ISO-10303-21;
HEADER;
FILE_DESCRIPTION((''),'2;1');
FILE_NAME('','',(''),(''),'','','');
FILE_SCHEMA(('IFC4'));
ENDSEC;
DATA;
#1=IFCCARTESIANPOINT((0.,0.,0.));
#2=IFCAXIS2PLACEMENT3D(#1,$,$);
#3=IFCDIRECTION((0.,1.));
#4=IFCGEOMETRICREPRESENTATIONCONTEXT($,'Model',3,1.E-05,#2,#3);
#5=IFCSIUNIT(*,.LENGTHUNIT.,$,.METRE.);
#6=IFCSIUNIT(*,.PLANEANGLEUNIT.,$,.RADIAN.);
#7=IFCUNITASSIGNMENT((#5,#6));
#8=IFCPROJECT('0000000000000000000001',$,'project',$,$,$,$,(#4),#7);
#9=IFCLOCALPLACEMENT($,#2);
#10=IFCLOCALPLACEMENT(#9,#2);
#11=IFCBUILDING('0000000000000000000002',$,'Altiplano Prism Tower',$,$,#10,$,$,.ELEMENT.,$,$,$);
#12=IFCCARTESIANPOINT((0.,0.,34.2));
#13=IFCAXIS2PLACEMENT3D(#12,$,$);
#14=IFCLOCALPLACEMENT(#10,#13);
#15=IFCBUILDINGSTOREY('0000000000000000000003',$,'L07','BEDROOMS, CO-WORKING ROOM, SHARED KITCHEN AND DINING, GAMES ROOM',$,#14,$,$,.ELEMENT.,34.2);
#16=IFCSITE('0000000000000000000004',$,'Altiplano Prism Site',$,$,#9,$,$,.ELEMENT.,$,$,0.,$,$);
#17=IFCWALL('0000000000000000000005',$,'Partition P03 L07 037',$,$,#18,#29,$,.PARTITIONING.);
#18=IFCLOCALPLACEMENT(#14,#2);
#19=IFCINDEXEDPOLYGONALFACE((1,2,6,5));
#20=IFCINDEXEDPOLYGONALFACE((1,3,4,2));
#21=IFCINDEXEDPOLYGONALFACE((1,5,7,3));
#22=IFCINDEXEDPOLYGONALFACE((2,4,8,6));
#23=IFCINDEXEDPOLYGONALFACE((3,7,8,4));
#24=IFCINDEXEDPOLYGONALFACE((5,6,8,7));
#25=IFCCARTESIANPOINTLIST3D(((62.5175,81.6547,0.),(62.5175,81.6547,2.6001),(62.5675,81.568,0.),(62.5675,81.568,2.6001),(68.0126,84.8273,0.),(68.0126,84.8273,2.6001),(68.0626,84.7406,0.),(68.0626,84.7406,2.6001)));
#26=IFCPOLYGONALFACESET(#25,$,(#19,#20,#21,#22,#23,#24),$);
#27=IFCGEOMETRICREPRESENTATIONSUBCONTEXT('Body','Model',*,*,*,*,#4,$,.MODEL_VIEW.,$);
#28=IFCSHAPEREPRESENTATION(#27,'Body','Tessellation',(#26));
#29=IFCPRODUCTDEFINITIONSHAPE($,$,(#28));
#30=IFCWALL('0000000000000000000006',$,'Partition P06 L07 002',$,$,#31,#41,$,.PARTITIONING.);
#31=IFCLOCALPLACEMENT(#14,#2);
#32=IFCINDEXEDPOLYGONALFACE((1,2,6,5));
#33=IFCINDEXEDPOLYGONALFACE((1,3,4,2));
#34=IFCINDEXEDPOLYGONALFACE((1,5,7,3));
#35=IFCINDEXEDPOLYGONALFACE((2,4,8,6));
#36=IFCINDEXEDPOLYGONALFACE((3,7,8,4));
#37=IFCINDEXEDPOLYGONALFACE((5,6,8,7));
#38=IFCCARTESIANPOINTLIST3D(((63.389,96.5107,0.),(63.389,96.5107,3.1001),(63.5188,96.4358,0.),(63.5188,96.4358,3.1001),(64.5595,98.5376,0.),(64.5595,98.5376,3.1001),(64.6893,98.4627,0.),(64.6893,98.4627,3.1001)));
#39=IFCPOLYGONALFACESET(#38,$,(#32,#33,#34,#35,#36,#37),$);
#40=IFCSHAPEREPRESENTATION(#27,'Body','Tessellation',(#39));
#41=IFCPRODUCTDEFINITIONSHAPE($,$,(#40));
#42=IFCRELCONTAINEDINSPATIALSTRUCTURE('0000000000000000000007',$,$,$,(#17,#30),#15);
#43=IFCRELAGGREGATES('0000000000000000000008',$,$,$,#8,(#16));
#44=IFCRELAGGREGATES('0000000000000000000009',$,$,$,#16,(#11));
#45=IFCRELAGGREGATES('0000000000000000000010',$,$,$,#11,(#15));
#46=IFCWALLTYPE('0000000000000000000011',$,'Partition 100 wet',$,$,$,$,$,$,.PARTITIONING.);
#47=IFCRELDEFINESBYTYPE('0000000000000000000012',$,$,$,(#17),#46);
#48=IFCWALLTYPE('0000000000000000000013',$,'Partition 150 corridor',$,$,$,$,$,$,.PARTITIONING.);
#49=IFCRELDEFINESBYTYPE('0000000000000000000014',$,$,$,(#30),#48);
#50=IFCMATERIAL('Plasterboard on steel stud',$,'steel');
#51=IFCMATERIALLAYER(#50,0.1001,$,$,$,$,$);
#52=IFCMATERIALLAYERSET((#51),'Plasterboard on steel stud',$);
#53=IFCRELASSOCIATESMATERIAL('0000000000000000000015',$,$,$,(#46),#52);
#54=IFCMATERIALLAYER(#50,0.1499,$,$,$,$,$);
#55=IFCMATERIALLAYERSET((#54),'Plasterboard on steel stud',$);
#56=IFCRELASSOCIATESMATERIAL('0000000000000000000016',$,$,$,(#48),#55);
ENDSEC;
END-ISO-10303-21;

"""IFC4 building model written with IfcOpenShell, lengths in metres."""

from ifc_helpers import new_model, si_unit, direction, frame, frame_2d, origin, place, context, subcontext, project, spatial, rectangle, extrude, material, layer, layer_set, type_object, element, save


model = new_model("IFC4")

# Units and contexts
model_context = context("Model", 3, precision=1e-05, world=origin(), true_north=direction((0.0, 1.0)))
body_context = subcontext(model_context, "Body", "Model", "MODEL_VIEW")
ifc_project = project(units=[si_unit("LENGTHUNIT", "METRE"), si_unit("PLANEANGLEUNIT", "RADIAN")], contexts=[model_context])

# Site, building, storey
site_placement = place(None, origin())
site = spatial("IfcSite", under=ifc_project, at=site_placement, Name="Altiplano Prism Site", CompositionType="ELEMENT", RefElevation=0.0)
building_placement = place(site_placement, origin())
building = spatial("IfcBuilding", under=site, at=building_placement, Name="Altiplano Prism Tower", CompositionType="ELEMENT")
storey_placement = place(building_placement, frame((0.0, 0.0, 34.2)))
storey = spatial("IfcBuildingStorey", under=building, at=storey_placement, Name="L07", Description="BEDROOMS, CO-WORKING ROOM, SHARED KITCHEN AND DINING, GAMES ROOM", CompositionType="ELEMENT", Elevation=34.2)

# Walls
ifc_material_1 = material(Name="Plasterboard on steel stud", Category="steel")
ifc_layer_1 = layer(ifc_material_1, 0.1001)
ifc_layer_set_1 = layer_set([ifc_layer_1], Name="Plasterboard on steel stud")
wall_type_1 = type_object("IfcWallType", Name="Partition 100 wet", PredefinedType="PARTITIONING", material=ifc_layer_set_1)
for number, where, z_axis, x_axis, name in (
    (1, (62.5425, 81.6113, 0.0), (0.0, 0.0, 1.0), (0.866025, 0.5, 0.0), "Partition P03 L07 037"),
):
    element("IfcWall", number, at=place(storey_placement, frame(where, z_axis=z_axis, x_axis=x_axis)), inside=storey, type_object=wall_type_1, Name=name, PredefinedType="PARTITIONING", context=body_context, shape_type="SweptSolid", body=[
        extrude(rectangle(XDim=6.3452, YDim=0.1001, at=frame_2d((3.1726, 0.0))), origin(), (0.0, 0.0, 1.0), 2.6001),
    ])
ifc_layer_2 = layer(ifc_material_1, 0.1499)
ifc_layer_set_2 = layer_set([ifc_layer_2], Name="Plasterboard on steel stud")
wall_type_2 = type_object("IfcWallType", Name="Partition 150 corridor", PredefinedType="PARTITIONING", material=ifc_layer_set_2)
wall_1_placement = place(storey_placement, frame((63.4539, 96.4731, 0.0), z_axis=(0.0, 0.0, 1.0), x_axis=(0.500066, 0.865988, 0.0)))
element("IfcWall", 2, at=wall_1_placement, inside=storey, type_object=wall_type_2, Name="Partition P06 L07 002", PredefinedType="PARTITIONING", context=body_context, shape_type="SweptSolid", body=[
    extrude(rectangle(XDim=2.3406, YDim=0.1499, at=frame_2d((1.1704, 0.0))), origin(), (0.0, 0.0, 1.0), 3.1001),
])

save(model, "model.ifc")
